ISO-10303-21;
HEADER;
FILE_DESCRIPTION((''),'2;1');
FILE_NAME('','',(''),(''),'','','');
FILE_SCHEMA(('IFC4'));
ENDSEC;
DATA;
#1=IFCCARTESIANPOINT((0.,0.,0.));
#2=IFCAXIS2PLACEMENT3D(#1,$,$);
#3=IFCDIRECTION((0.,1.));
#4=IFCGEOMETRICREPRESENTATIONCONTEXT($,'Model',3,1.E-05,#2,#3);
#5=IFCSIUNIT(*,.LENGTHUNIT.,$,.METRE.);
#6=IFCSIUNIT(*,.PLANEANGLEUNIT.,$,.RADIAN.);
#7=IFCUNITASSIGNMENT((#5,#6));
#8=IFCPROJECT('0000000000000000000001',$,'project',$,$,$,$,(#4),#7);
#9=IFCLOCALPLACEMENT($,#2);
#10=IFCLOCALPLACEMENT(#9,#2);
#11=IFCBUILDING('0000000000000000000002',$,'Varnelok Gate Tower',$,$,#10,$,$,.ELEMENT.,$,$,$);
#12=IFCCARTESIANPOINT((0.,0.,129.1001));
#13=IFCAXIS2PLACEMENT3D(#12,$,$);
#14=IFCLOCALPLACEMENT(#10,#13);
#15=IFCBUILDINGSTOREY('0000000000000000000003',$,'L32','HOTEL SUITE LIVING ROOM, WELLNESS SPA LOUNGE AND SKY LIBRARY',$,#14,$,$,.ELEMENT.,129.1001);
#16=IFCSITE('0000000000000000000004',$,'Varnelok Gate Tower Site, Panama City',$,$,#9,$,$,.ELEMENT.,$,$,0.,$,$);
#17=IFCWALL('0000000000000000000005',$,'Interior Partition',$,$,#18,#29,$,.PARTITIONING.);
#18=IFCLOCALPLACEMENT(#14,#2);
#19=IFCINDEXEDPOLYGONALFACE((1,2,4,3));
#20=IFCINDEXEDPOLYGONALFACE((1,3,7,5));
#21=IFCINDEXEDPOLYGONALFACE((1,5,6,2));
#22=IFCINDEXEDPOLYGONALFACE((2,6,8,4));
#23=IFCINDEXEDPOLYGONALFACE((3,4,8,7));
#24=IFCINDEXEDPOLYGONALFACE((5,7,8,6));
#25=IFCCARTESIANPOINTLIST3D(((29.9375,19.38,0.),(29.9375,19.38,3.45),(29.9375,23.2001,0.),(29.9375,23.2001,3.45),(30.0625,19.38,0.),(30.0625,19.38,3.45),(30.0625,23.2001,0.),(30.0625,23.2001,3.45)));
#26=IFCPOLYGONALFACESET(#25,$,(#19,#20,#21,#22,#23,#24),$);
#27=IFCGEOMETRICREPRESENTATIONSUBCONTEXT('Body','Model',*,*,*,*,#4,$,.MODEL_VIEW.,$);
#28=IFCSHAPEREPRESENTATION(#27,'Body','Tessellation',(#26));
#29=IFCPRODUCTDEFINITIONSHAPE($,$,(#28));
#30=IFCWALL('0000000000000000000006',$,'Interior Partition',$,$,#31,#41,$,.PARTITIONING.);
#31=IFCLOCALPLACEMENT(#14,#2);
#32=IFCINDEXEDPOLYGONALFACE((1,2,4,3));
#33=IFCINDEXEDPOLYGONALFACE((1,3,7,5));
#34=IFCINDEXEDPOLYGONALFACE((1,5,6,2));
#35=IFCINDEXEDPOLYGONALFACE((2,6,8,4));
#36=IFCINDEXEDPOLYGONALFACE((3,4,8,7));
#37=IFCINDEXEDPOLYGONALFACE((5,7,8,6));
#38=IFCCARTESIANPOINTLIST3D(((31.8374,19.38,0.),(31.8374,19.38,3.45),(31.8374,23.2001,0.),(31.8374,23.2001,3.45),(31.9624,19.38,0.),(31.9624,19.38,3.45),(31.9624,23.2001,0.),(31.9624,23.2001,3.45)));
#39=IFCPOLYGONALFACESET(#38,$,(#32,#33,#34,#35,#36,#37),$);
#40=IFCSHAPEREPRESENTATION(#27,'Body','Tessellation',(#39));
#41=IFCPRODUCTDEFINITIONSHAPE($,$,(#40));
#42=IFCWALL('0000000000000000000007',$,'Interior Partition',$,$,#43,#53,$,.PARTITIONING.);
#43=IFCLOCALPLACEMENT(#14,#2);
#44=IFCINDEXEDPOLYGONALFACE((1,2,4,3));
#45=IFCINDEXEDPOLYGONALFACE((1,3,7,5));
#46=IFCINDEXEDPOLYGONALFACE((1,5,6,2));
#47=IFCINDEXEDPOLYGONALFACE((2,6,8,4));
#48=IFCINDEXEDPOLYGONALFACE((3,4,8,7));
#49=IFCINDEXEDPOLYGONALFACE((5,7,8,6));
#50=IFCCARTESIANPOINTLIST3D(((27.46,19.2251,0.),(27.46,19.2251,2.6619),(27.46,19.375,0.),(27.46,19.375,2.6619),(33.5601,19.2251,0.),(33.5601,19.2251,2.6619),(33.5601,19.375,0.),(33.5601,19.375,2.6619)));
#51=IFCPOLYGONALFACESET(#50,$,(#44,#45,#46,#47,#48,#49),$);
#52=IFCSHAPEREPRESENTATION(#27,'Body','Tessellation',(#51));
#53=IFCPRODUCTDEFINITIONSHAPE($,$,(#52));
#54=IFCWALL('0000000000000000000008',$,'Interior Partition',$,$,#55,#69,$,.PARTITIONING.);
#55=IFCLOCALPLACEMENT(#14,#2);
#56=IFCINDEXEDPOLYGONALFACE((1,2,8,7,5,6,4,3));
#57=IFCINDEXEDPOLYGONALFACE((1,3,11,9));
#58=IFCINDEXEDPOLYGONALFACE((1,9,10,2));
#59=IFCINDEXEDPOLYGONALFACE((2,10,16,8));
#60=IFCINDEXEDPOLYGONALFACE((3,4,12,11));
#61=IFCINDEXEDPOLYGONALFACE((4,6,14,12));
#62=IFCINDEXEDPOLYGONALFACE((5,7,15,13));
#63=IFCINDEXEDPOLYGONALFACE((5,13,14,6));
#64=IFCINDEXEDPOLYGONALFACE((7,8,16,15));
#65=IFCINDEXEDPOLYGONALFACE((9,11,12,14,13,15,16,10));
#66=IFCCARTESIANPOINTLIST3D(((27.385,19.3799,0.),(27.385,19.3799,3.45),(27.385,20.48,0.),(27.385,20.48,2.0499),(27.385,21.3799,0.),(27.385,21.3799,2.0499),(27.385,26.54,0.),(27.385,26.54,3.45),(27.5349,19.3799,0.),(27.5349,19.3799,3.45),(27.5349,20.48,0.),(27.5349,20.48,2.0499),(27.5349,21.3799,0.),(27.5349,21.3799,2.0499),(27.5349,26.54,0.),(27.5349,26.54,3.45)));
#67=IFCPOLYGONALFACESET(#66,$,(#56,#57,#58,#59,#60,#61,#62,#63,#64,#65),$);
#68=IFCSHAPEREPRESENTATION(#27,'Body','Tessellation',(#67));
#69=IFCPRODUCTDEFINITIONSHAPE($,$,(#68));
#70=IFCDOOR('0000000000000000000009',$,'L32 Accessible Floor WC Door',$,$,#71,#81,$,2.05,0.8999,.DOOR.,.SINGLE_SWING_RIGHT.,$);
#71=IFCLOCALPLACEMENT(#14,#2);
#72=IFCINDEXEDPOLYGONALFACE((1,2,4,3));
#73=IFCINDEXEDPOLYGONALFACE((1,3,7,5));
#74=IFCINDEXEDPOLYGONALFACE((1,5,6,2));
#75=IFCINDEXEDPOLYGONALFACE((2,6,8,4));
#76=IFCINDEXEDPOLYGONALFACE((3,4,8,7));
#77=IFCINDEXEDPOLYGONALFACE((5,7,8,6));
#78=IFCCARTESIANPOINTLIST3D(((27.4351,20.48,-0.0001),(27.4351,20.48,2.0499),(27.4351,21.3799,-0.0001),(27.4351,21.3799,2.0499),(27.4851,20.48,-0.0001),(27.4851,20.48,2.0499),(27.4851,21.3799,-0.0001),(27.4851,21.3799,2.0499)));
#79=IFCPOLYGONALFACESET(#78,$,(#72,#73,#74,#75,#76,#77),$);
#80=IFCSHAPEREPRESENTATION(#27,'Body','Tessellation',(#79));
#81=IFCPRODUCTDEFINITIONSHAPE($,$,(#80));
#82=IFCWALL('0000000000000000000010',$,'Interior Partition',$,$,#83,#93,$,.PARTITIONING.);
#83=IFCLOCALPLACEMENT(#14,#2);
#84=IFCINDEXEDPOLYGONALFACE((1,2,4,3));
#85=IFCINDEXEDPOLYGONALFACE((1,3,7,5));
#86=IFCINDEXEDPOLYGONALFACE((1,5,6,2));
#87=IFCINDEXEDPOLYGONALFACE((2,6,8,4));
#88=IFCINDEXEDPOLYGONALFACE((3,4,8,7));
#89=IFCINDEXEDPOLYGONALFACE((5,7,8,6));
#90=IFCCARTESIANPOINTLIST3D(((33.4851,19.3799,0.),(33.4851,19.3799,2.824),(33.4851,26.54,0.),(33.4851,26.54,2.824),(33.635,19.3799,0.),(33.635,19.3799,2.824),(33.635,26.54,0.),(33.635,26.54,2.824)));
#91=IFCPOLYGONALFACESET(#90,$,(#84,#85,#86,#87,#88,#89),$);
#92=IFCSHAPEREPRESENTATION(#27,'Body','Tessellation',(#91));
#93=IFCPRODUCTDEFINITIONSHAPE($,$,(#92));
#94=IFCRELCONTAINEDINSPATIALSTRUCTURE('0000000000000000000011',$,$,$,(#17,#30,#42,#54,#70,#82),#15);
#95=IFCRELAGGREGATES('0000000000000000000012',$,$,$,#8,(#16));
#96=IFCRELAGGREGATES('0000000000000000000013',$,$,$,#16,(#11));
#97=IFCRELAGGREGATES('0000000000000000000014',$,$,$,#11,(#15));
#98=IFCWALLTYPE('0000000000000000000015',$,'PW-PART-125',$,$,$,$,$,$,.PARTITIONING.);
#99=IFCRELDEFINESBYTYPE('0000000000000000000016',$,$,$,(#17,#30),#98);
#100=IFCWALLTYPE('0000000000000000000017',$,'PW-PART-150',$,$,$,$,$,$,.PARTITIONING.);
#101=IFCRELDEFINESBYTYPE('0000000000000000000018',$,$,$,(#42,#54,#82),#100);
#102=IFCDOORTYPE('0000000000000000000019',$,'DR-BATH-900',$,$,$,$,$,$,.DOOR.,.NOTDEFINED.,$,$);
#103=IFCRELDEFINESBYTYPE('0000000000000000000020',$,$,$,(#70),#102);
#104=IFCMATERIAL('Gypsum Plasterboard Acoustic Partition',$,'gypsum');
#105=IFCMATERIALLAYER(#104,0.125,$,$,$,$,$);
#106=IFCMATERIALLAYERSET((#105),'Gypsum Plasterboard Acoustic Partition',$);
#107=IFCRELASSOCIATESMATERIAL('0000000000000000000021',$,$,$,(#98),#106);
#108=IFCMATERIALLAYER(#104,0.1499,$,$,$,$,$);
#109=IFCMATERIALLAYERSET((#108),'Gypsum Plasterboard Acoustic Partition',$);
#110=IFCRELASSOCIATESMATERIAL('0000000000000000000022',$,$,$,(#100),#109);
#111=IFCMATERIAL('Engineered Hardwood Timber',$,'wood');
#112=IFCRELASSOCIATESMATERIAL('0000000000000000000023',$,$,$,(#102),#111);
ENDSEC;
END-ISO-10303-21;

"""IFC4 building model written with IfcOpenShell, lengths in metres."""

from ifc_helpers import new_model, si_unit, direction, frame, frame_2d, origin, place, context, subcontext, project, spatial, rectangle, extrude, material, layer, layer_set, type_object, element, fill, save


model = new_model("IFC4")

# Units and contexts
model_context = context("Model", 3, precision=1e-05, world=origin(), true_north=direction((0.0, 1.0)))
body_context = subcontext(model_context, "Body", "Model", "MODEL_VIEW")
ifc_project = project(units=[si_unit("LENGTHUNIT", "METRE"), si_unit("PLANEANGLEUNIT", "RADIAN")], contexts=[model_context])

# Site, building, storey
site_placement = place(None, origin())
site = spatial("IfcSite", under=ifc_project, at=site_placement, Name="Varnelok Gate Tower Site, Panama City", CompositionType="ELEMENT", RefElevation=0.0)
building_placement = place(site_placement, origin())
building = spatial("IfcBuilding", under=site, at=building_placement, Name="Varnelok Gate Tower", CompositionType="ELEMENT")
storey_placement = place(building_placement, frame((0.0, 0.0, 129.1001)))
storey = spatial("IfcBuildingStorey", under=building, at=storey_placement, Name="L32", Description="HOTEL SUITE LIVING ROOM, WELLNESS SPA LOUNGE AND SKY LIBRARY", CompositionType="ELEMENT", Elevation=129.1001)

# Shared definitions
ifc_material_1 = material(Name="Gypsum Plasterboard Acoustic Partition", Category="gypsum")
ifc_material_2 = material(Name="Engineered Hardwood Timber", Category="wood")

# Shared definitions
ifc_layer_1 = layer(ifc_material_1, 0.125)
ifc_layer_set_1 = layer_set([ifc_layer_1], Name="Gypsum Plasterboard Acoustic Partition")
wall_type_1 = type_object("IfcWallType", Name="PW-PART-125", PredefinedType="PARTITIONING", material=ifc_layer_set_1)

# Walls
for number, where, z_axis, x_axis, name in (
    (1, (30.0, 19.3799, 0.0), (0.0, 0.0, 1.0), (0.0, 1.0, 0.0), "Interior Partition"),
    (2, (31.8999, 19.3799, 0.0), (0.0, 0.0, 1.0), (0.0, 1.0, 0.0), "Interior Partition"),
):
    element("IfcWall", number, at=place(storey_placement, frame(where, z_axis=z_axis, x_axis=x_axis)), inside=storey, type_object=wall_type_1, Name=name, PredefinedType="PARTITIONING", context=body_context, shape_type="SweptSolid", body=[
        extrude(rectangle(XDim=3.8201, YDim=0.125, at=frame_2d((1.9102, 0.0))), origin(), (0.0, 0.0, 1.0), 3.45),
    ])
ifc_layer_2 = layer(ifc_material_1, 0.1499)
ifc_layer_set_2 = layer_set([ifc_layer_2], Name="Gypsum Plasterboard Acoustic Partition")
wall_type_2 = type_object("IfcWallType", Name="PW-PART-150", PredefinedType="PARTITIONING", material=ifc_layer_set_2)
wall_1_placement = place(storey_placement, frame((27.46, 19.3, 0.0), z_axis=(0.0, 0.0, 1.0), x_axis=(1.0, 0.0, 0.0)))
element("IfcWall", 3, at=wall_1_placement, inside=storey, type_object=wall_type_2, Name="Interior Partition", PredefinedType="PARTITIONING", context=body_context, shape_type="SweptSolid", body=[
    extrude(rectangle(XDim=6.1001, YDim=0.1499, at=frame_2d((3.05, 0.0))), origin(), (0.0, 0.0, 1.0), 2.6619),
])

# Wall, opening, door
wall_2_placement = place(storey_placement, frame((27.46, 19.3799, 0.0), z_axis=(0.0, 0.0, 1.0), x_axis=(0.0, 1.0, 0.0)))
wall_2 = element("IfcWall", 4, at=wall_2_placement, inside=storey, type_object=wall_type_2, Name="Interior Partition", PredefinedType="PARTITIONING", context=body_context, shape_type="SweptSolid", body=[
    extrude(rectangle(XDim=7.1602, YDim=0.1499, at=frame_2d((3.5801, 0.0))), origin(), (0.0, 0.0, 1.0), 3.45),
])
opening_1_placement = place(wall_2_placement, frame((1.1001, 0.0, 0.0)))
opening_1 = element("IfcOpeningElement", 5, at=opening_1_placement, cuts=wall_2, PredefinedType="OPENING", context=body_context, shape_type="SweptSolid", body=[
    extrude(rectangle(XDim=0.8999, YDim=2.05, at=frame_2d((0.45, 1.0249))), frame((0.0, 0.085, 0.0), z_axis=(0.0, -1.0, 0.0), x_axis=(1.0, 0.0, 0.0)), (0.0, 0.0, 1.0), 0.1699),
])
door_type_1 = type_object("IfcDoorType", Name="DR-BATH-900", OperationType="NOTDEFINED", PredefinedType="DOOR", material=ifc_material_2)
door_1_placement = place(opening_1_placement, origin())
door_1 = element("IfcDoor", 6, at=door_1_placement, inside=storey, type_object=door_type_1, Name="L32 Accessible Floor WC Door", OperationType="SINGLE_SWING_RIGHT", OverallHeight=2.05, OverallWidth=0.8999, PredefinedType="DOOR", context=body_context, shape_type="SweptSolid", body=[
    extrude(rectangle(XDim=0.8999, YDim=2.05, at=frame_2d((0.45, 1.0249))), frame((0.0, 0.0249, 0.0), z_axis=(0.0, -1.0, 0.0), x_axis=(1.0, 0.0, 0.0)), (0.0, 0.0, 1.0), 0.05),
])
fill(opening_1, door_1)

# Wall
wall_3_placement = place(storey_placement, frame((33.5601, 19.3799, 0.0), z_axis=(0.0, 0.0, 1.0), x_axis=(0.0, 1.0, 0.0)))
element("IfcWall", 7, at=wall_3_placement, inside=storey, type_object=wall_type_2, Name="Interior Partition", PredefinedType="PARTITIONING", context=body_context, shape_type="SweptSolid", body=[
    extrude(rectangle(XDim=7.1602, YDim=0.1499, at=frame_2d((3.5801, 0.0))), origin(), (0.0, 0.0, 1.0), 2.824),
])

save(model, "model.ifc")
